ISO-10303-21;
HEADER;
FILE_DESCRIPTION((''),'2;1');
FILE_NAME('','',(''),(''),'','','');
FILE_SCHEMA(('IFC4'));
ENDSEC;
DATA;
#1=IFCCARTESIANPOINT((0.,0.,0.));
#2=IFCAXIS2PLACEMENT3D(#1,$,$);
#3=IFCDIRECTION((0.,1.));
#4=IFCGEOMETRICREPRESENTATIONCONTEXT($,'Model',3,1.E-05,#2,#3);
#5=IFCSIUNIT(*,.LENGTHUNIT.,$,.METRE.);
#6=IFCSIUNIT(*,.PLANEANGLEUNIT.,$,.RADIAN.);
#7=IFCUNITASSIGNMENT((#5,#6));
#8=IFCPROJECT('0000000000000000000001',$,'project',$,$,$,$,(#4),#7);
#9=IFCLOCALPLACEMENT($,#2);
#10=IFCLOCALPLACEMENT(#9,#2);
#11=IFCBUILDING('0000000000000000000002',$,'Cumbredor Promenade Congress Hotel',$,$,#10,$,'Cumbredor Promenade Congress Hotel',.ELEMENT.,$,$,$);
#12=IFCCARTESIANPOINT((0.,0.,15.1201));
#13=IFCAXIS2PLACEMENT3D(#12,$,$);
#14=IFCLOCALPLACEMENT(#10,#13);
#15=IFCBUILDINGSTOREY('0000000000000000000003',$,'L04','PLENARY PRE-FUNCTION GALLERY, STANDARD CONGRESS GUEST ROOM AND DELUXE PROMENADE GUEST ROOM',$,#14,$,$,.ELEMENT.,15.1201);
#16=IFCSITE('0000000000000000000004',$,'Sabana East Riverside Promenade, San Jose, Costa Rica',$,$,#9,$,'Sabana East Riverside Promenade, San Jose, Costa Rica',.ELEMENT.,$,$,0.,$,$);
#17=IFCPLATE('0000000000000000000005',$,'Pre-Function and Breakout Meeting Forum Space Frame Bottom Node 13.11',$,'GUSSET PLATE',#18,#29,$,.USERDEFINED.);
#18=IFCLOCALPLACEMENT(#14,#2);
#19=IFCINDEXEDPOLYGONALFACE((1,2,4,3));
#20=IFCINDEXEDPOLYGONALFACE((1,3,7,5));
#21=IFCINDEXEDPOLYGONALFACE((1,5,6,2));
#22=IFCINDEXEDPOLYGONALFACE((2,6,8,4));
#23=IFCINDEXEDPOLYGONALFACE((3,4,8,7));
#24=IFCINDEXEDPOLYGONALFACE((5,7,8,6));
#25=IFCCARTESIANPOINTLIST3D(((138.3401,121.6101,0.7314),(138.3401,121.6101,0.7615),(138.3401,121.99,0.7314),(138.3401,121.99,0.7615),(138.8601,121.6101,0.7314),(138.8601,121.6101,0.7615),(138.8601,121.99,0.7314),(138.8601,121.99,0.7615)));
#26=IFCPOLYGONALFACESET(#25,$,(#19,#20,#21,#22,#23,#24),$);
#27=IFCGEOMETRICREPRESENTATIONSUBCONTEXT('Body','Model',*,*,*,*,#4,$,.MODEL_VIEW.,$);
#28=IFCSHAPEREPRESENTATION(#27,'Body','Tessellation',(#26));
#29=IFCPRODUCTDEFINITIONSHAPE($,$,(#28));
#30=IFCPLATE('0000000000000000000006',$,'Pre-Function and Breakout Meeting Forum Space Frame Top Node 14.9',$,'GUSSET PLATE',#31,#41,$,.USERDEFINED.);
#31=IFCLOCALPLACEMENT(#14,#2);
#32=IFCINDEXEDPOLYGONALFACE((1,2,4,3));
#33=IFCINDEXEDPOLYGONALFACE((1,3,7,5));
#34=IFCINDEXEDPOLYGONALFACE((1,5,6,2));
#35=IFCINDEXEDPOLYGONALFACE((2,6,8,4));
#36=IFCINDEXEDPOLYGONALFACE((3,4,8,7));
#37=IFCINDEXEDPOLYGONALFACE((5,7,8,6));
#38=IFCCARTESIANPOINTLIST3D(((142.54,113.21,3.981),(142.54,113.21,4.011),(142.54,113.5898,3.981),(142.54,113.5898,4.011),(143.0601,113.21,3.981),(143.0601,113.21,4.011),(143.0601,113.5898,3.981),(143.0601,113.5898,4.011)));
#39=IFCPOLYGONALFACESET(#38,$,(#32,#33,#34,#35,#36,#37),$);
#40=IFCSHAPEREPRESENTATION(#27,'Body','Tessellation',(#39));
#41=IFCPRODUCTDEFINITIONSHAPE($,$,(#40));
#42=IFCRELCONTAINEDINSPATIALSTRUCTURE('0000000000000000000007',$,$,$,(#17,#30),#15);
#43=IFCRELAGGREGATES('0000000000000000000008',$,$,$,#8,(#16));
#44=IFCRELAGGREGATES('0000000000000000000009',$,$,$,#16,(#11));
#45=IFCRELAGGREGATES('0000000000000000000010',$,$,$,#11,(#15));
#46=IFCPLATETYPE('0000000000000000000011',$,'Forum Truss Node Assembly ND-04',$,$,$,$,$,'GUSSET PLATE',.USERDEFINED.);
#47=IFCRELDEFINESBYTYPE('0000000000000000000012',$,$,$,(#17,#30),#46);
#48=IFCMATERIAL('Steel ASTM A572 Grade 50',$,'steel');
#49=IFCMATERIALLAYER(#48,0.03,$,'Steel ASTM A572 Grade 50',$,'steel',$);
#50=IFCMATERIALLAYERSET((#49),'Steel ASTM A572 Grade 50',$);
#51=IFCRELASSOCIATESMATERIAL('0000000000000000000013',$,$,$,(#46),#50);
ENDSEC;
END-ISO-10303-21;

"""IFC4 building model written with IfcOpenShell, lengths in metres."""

from ifc_helpers import new_model, si_unit, direction, frame, origin, origin_2d, place, context, subcontext, project, spatial, rectangle, extrude, material, layer, layer_set, type_object, element, save


model = new_model("IFC4")

# Units and contexts
model_context = context("Model", 3, precision=1e-05, world=origin(), true_north=direction((0.0, 1.0)))
body_context = subcontext(model_context, "Body", "Model", "MODEL_VIEW")
ifc_project = project(units=[si_unit("LENGTHUNIT", "METRE"), si_unit("PLANEANGLEUNIT", "RADIAN")], contexts=[model_context])

# Site, building, storey
site_placement = place(None, origin())
site = spatial("IfcSite", under=ifc_project, at=site_placement, Name="Sabana East Riverside Promenade, San Jose, Costa Rica", LongName="Sabana East Riverside Promenade, San Jose, Costa Rica", CompositionType="ELEMENT", RefElevation=0.0)
building_placement = place(site_placement, origin())
building = spatial("IfcBuilding", under=site, at=building_placement, Name="Cumbredor Promenade Congress Hotel", LongName="Cumbredor Promenade Congress Hotel", CompositionType="ELEMENT")
storey_placement = place(building_placement, frame((0.0, 0.0, 15.1201)))
storey = spatial("IfcBuildingStorey", under=building, at=storey_placement, Name="L04", Description="PLENARY PRE-FUNCTION GALLERY, STANDARD CONGRESS GUEST ROOM AND DELUXE PROMENADE GUEST ROOM", CompositionType="ELEMENT", Elevation=15.1201)

# Plates
ifc_material_1 = material(Name="Steel ASTM A572 Grade 50", Category="steel")
ifc_layer_1 = layer(ifc_material_1, 0.03, Name="Steel ASTM A572 Grade 50", Category="steel")
ifc_layer_set_1 = layer_set([ifc_layer_1], Name="Steel ASTM A572 Grade 50")
plate_type_1 = type_object("IfcPlateType", Name="Forum Truss Node Assembly ND-04", ElementType="GUSSET PLATE", PredefinedType="USERDEFINED", material=ifc_layer_set_1)
for number, where, z_axis, x_axis, name in (
    (1, (138.6001, 121.8, 0.7314), (0.0, 0.0, 1.0), (1.0, 0.0, 0.0), "Pre-Function and Breakout Meeting Forum Space Frame Bottom Node 13.11"),
    (2, (142.8, 113.3999, 3.981), (0.0, 0.0, 1.0), (1.0, 0.0, 0.0), "Pre-Function and Breakout Meeting Forum Space Frame Top Node 14.9"),
):
    element("IfcPlate", number, at=place(storey_placement, frame(where, z_axis=z_axis, x_axis=x_axis)), inside=storey, type_object=plate_type_1, Name=name, ObjectType="GUSSET PLATE", PredefinedType="USERDEFINED", context=body_context, shape_type="SweptSolid", body=[
        extrude(rectangle(XDim=0.52, YDim=0.3799, at=origin_2d()), origin(), (0.0, 0.0, 1.0), 0.03),
    ])

save(model, "model.ifc")
